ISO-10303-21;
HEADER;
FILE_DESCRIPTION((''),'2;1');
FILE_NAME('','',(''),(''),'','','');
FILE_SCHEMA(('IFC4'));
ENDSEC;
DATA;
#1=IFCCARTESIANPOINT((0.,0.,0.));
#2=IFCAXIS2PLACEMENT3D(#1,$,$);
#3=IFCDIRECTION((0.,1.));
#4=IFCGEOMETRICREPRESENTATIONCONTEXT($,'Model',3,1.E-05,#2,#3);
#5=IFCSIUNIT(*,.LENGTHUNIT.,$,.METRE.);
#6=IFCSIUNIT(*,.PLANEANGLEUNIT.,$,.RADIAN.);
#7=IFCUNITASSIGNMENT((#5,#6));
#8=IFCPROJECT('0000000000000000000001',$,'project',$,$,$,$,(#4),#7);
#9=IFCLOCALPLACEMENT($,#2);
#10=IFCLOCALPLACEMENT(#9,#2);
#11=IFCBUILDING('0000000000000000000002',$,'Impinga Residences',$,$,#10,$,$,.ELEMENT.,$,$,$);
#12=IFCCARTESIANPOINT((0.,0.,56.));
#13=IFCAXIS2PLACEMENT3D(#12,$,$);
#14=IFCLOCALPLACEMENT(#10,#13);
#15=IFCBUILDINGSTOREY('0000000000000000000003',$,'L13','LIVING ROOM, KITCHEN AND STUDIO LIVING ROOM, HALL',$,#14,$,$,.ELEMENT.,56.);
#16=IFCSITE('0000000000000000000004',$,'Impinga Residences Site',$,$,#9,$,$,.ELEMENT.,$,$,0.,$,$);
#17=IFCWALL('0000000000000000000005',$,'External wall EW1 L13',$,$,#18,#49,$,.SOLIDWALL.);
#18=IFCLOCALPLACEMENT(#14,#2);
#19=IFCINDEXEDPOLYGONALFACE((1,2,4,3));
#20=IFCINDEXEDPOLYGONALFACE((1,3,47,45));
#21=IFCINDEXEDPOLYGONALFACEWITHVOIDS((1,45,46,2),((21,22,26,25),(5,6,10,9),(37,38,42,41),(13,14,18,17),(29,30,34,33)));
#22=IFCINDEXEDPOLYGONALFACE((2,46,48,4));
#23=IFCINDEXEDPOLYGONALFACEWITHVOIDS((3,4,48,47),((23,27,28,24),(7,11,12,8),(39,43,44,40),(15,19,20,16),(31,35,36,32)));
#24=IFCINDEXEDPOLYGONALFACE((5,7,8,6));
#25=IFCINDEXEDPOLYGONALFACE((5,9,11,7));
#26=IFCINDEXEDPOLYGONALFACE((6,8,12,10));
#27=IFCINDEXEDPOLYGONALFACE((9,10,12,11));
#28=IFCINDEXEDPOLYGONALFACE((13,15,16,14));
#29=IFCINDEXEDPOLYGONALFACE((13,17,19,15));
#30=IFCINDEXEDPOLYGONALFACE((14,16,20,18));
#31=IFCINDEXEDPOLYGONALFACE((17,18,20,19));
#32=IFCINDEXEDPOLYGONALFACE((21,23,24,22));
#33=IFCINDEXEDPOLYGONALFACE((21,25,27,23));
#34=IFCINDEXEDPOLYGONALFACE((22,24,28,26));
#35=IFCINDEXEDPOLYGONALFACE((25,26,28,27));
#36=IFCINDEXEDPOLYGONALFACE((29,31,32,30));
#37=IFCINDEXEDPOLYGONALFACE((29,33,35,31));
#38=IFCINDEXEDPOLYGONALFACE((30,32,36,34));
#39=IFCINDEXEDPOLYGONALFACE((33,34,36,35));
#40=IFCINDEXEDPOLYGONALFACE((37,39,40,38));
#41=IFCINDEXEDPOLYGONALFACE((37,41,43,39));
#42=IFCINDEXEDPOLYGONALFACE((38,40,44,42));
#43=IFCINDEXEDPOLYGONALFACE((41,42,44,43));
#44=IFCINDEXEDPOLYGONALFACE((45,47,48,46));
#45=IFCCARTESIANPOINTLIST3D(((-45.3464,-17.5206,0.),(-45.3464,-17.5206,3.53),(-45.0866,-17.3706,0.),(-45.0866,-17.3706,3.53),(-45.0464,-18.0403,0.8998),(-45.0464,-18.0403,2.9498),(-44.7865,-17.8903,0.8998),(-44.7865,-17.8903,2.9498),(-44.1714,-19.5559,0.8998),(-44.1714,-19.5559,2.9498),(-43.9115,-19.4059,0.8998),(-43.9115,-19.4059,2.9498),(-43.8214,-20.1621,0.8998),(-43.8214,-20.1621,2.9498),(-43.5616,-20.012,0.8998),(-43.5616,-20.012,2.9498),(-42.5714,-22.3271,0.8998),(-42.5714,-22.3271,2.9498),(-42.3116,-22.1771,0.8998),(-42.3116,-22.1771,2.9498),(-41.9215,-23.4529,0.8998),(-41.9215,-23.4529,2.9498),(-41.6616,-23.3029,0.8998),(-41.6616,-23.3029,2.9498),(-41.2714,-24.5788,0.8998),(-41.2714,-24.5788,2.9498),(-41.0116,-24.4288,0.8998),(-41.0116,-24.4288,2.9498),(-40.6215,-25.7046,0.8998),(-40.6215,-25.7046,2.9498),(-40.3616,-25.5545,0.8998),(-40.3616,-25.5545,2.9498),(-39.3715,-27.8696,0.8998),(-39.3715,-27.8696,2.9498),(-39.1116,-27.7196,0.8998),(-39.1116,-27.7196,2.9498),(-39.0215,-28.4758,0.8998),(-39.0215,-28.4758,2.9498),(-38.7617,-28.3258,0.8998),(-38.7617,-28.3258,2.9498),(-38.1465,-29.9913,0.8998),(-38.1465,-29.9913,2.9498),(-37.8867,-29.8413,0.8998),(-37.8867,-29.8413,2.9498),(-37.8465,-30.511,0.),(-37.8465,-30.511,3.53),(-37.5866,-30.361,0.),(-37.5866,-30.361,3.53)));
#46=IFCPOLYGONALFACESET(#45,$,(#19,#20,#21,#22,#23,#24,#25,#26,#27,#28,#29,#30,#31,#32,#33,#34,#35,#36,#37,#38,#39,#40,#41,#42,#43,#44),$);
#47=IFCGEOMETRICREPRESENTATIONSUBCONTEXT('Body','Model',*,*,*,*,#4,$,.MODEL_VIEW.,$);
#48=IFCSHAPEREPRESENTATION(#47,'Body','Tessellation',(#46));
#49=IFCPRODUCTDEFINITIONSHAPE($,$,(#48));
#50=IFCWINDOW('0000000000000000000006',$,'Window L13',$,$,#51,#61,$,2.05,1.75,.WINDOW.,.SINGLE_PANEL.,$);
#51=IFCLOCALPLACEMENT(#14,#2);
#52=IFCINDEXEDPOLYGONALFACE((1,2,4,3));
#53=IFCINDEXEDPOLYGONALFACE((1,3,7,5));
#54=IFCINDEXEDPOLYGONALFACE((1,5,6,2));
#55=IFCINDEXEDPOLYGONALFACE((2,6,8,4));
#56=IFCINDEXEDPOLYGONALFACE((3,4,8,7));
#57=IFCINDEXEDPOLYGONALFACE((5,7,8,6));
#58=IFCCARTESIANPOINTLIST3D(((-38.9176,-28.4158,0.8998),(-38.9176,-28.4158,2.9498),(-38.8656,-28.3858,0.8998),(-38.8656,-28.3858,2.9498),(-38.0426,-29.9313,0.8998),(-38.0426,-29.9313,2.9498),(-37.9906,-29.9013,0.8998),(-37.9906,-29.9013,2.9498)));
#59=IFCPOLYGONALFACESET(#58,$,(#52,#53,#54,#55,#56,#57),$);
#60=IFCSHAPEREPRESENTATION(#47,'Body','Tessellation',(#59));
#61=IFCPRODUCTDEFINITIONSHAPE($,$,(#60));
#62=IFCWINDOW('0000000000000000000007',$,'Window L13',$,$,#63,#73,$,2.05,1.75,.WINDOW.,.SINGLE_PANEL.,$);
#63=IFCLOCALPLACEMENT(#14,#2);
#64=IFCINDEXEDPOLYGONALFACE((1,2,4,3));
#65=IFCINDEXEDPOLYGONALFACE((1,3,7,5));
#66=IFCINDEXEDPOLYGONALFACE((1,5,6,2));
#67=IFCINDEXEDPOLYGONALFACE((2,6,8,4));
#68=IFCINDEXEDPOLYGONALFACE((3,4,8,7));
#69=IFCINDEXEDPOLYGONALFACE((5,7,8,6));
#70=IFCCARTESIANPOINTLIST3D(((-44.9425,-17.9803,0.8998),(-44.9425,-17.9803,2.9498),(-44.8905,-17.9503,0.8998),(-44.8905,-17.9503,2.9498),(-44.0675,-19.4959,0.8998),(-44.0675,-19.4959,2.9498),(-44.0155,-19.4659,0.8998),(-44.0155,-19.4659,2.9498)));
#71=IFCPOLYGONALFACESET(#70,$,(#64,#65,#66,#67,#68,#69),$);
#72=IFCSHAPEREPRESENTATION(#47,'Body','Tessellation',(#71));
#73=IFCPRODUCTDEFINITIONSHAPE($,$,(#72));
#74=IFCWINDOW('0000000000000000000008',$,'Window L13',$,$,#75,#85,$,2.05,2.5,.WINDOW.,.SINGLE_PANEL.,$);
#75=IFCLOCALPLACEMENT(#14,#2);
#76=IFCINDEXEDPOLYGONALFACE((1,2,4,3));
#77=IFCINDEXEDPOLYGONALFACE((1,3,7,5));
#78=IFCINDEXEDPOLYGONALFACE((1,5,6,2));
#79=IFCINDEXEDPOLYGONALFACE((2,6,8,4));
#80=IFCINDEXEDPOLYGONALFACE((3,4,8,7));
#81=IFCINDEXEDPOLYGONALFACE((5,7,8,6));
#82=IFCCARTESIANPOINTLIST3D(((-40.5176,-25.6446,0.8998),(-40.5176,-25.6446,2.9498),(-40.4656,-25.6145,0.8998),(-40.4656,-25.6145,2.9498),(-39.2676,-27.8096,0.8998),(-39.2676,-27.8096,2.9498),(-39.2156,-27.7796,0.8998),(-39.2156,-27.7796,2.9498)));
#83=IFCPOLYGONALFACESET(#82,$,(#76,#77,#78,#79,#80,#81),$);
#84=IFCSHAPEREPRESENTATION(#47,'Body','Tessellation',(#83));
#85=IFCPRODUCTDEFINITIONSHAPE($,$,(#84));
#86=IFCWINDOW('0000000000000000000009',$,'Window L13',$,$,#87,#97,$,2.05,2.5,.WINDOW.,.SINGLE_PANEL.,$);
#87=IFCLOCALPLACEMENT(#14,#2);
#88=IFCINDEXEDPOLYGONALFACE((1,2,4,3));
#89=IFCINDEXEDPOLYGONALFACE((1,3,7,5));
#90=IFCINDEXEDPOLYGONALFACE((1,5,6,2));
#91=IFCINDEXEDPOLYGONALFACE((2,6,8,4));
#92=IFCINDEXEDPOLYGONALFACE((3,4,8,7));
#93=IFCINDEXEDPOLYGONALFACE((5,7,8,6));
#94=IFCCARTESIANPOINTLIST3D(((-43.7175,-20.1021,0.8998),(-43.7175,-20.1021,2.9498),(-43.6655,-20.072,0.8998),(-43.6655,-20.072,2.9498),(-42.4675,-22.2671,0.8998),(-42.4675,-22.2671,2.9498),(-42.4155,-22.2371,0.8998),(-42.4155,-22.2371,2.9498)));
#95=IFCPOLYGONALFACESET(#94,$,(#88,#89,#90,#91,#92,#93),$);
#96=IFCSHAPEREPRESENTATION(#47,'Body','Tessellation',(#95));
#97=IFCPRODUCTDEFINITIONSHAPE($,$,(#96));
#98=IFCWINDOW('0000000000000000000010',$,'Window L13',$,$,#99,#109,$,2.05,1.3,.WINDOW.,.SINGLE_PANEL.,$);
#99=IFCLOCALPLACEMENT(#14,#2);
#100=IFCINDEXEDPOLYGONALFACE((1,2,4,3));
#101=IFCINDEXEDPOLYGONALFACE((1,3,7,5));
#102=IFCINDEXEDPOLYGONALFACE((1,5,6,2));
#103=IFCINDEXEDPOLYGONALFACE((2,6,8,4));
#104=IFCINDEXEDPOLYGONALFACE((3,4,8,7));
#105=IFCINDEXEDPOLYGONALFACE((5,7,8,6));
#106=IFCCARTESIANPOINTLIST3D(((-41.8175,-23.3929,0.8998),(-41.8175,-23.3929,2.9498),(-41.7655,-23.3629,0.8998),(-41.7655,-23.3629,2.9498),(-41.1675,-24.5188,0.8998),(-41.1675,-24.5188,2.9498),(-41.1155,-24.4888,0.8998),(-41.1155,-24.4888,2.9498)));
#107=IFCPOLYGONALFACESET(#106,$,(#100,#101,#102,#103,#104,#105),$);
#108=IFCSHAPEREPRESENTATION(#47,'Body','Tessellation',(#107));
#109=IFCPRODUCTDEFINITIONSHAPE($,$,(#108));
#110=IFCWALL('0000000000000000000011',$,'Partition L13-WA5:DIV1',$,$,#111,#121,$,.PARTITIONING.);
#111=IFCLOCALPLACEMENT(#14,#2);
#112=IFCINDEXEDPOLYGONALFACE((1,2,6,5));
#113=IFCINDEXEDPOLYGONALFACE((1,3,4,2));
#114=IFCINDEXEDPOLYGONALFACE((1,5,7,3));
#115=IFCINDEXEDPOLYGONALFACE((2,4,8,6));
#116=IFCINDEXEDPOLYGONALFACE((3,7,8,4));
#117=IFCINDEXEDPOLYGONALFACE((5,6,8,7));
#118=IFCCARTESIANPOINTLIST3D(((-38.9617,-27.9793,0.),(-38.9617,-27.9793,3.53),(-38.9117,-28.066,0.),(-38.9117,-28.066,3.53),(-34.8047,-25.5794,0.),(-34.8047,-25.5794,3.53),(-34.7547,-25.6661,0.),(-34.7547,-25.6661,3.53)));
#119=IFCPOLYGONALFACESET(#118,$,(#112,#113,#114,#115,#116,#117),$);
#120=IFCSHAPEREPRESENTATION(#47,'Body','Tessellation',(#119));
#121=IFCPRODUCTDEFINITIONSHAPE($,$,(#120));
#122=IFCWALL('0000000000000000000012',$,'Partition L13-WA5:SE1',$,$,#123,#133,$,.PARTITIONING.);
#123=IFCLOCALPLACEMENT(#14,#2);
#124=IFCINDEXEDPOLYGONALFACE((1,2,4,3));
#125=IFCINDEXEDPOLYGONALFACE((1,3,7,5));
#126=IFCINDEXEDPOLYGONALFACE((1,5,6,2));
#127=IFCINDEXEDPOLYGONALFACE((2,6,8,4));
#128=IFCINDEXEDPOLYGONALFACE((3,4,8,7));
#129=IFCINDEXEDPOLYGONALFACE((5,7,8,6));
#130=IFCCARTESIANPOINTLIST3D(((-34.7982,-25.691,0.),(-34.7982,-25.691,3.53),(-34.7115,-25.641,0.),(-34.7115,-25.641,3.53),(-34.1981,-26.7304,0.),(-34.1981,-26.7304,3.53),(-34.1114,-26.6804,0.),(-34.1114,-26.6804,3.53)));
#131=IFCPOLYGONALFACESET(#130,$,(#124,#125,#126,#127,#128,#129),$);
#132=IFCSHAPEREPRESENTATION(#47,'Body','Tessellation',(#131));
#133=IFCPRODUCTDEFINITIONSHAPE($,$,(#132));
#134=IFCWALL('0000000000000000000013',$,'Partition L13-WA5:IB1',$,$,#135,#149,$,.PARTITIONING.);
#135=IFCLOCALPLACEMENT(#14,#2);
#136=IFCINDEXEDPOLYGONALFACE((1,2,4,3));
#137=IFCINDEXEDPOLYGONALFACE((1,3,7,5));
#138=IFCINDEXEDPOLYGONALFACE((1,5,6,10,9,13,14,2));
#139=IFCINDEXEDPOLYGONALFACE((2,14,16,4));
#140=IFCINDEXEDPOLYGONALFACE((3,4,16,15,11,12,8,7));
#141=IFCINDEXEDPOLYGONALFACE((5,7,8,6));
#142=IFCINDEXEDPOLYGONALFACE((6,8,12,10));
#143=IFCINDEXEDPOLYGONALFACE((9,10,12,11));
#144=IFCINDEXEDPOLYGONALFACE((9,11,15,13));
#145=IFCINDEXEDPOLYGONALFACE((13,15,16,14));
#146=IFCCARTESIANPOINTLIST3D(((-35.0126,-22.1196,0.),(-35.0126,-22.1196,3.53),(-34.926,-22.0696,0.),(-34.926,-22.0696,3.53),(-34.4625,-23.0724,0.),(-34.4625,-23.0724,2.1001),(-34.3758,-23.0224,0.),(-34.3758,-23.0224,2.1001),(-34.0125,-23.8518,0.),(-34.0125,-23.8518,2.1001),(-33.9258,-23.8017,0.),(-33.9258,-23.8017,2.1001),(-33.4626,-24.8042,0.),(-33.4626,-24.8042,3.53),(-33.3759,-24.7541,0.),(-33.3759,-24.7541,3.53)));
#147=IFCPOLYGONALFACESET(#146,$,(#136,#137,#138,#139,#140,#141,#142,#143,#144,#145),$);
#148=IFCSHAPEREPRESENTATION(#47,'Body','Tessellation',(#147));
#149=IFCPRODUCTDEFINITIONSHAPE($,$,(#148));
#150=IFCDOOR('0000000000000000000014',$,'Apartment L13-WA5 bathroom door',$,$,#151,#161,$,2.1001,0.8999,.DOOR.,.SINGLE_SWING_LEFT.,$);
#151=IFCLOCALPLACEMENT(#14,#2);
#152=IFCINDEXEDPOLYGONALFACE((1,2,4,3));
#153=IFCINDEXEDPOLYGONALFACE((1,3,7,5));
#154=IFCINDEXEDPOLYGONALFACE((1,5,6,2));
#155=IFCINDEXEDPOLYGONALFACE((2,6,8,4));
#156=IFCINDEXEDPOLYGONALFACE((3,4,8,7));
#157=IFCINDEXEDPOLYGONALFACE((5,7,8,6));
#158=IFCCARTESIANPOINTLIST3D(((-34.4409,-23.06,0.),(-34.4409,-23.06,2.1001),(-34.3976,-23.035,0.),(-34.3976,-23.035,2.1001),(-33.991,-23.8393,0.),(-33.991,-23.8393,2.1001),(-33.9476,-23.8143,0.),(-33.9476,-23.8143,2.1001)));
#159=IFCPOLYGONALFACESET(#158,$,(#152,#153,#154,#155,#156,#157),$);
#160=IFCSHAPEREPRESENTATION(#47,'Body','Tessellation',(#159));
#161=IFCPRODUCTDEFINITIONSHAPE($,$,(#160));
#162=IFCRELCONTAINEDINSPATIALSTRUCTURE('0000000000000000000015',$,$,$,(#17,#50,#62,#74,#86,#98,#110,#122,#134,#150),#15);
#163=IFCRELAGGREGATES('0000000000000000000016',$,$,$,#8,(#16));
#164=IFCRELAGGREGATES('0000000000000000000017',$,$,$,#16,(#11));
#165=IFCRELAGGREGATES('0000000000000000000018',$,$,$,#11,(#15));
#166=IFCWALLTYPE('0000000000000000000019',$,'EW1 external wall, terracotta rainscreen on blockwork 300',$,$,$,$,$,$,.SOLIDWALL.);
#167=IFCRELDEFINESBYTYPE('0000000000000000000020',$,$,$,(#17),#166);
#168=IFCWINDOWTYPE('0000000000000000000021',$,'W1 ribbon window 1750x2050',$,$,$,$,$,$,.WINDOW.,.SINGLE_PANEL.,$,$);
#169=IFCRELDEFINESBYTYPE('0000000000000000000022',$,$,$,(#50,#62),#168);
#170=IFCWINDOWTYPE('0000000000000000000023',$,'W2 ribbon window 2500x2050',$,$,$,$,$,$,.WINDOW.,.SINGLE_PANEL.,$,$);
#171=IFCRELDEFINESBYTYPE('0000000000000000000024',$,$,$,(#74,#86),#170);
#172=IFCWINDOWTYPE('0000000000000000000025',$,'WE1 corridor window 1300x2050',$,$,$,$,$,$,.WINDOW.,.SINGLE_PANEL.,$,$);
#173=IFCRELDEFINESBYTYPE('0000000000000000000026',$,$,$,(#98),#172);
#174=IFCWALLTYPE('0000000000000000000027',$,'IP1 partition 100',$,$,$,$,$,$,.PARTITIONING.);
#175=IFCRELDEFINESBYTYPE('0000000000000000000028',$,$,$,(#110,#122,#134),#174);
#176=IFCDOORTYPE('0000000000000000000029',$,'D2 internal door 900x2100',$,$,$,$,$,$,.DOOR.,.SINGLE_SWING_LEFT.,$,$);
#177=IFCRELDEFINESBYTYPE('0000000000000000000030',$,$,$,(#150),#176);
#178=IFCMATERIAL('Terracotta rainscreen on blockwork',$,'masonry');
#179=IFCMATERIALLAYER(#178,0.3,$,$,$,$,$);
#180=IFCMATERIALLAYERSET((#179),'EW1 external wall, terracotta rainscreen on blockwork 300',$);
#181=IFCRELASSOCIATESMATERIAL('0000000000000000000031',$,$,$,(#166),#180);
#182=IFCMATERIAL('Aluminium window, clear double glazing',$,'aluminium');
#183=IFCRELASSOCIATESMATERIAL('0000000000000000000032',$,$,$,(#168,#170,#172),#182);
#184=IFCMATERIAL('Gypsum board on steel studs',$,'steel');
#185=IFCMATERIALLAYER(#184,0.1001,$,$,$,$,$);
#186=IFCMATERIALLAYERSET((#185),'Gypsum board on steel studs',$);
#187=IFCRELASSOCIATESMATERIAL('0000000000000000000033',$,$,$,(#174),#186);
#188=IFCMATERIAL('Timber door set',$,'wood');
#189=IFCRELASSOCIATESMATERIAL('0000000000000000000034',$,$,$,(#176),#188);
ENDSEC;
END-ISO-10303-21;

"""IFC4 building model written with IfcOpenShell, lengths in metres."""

from ifc_helpers import new_model, si_unit, direction, frame, frame_2d, origin, place, context, subcontext, project, spatial, rectangle, extrude, material, layer, layer_set, type_object, element, fill, save


model = new_model("IFC4")

# Units and contexts
model_context = context("Model", 3, precision=1e-05, world=origin(), true_north=direction((0.0, 1.0)))
body_context = subcontext(model_context, "Body", "Model", "MODEL_VIEW")
ifc_project = project(units=[si_unit("LENGTHUNIT", "METRE"), si_unit("PLANEANGLEUNIT", "RADIAN")], contexts=[model_context])

# Site, building, storey
site_placement = place(None, origin())
site = spatial("IfcSite", under=ifc_project, at=site_placement, Name="Impinga Residences Site", CompositionType="ELEMENT", RefElevation=0.0)
building_placement = place(site_placement, origin())
building = spatial("IfcBuilding", under=site, at=building_placement, Name="Impinga Residences", CompositionType="ELEMENT")
storey_placement = place(building_placement, frame((0.0, 0.0, 56.0)))
storey = spatial("IfcBuildingStorey", under=building, at=storey_placement, Name="L13", Description="LIVING ROOM, KITCHEN AND STUDIO LIVING ROOM, HALL", CompositionType="ELEMENT", Elevation=56.0)

# Shared definitions
ifc_material_1 = material(Name="Terracotta rainscreen on blockwork", Category="masonry")
ifc_layer_1 = layer(ifc_material_1, 0.3)
ifc_layer_set_1 = layer_set([ifc_layer_1], Name="EW1 external wall, terracotta rainscreen on blockwork 300")
wall_type_1 = type_object("IfcWallType", Name="EW1 external wall, terracotta rainscreen on blockwork 300", PredefinedType="SOLIDWALL", material=ifc_layer_set_1)

# Wall, openings, windows
wall_1_placement = place(storey_placement, frame((-37.7166, -30.436, 0.0), z_axis=(0.0, 0.0, 1.0), x_axis=(-0.499997, 0.866027, 0.0)))
wall_1 = element("IfcWall", 1, at=wall_1_placement, inside=storey, type_object=wall_type_1, Name="External wall EW1 L13", PredefinedType="SOLIDWALL", context=body_context, shape_type="SweptSolid", body=[
    extrude(rectangle(XDim=15.0, YDim=0.3, at=frame_2d((7.5, 0.0))), origin(), (0.0, 0.0, 1.0), 3.53),
])
opening_1_placement = place(wall_1_placement, frame((0.6001, 0.0, 0.8999)))
opening_1 = element("IfcOpeningElement", 2, at=opening_1_placement, cuts=wall_1, PredefinedType="OPENING", context=body_context, shape_type="SweptSolid", body=[
    extrude(rectangle(XDim=1.75, YDim=2.05, at=frame_2d((0.875, 1.0249))), frame((0.0, 0.1599, 0.0), z_axis=(0.0, -1.0, 0.0), x_axis=(1.0, 0.0, 0.0)), (0.0, 0.0, 1.0), 0.3201),
])
opening_2_placement = place(wall_1_placement, frame((3.05, 0.0, 0.8999)))
opening_2 = element("IfcOpeningElement", 3, at=opening_2_placement, cuts=wall_1, PredefinedType="OPENING", context=body_context, shape_type="SweptSolid", body=[
    extrude(rectangle(XDim=2.5, YDim=2.05, at=frame_2d((1.25, 1.0249))), frame((0.0, 0.1599, 0.0), z_axis=(0.0, -1.0, 0.0), x_axis=(1.0, 0.0, 0.0)), (0.0, 0.0, 1.0), 0.3201),
])
opening_3_placement = place(wall_1_placement, frame((6.8501, 0.0, 0.8999)))
opening_3 = element("IfcOpeningElement", 4, at=opening_3_placement, cuts=wall_1, PredefinedType="OPENING", context=body_context, shape_type="SweptSolid", body=[
    extrude(rectangle(XDim=1.3, YDim=2.05, at=frame_2d((0.6499, 1.0249))), frame((0.0, 0.1599, 0.0), z_axis=(0.0, -1.0, 0.0), x_axis=(1.0, 0.0, 0.0)), (0.0, 0.0, 1.0), 0.3201),
])
opening_4_placement = place(wall_1_placement, frame((9.45, 0.0, 0.8999)))
opening_4 = element("IfcOpeningElement", 5, at=opening_4_placement, cuts=wall_1, PredefinedType="OPENING", context=body_context, shape_type="SweptSolid", body=[
    extrude(rectangle(XDim=2.5, YDim=2.05, at=frame_2d((1.25, 1.0249))), frame((0.0, 0.1599, 0.0), z_axis=(0.0, -1.0, 0.0), x_axis=(1.0, 0.0, 0.0)), (0.0, 0.0, 1.0), 0.3201),
])
opening_5_placement = place(wall_1_placement, frame((12.6499, 0.0, 0.8999)))
opening_5 = element("IfcOpeningElement", 6, at=opening_5_placement, cuts=wall_1, PredefinedType="OPENING", context=body_context, shape_type="SweptSolid", body=[
    extrude(rectangle(XDim=1.75, YDim=2.05, at=frame_2d((0.875, 1.0249))), frame((0.0, 0.1599, 0.0), z_axis=(0.0, -1.0, 0.0), x_axis=(1.0, 0.0, 0.0)), (0.0, 0.0, 1.0), 0.3201),
])
ifc_material_2 = material(Name="Aluminium window, clear double glazing", Category="aluminium")
window_type_1 = type_object("IfcWindowType", Name="W1 ribbon window 1750x2050", PartitioningType="SINGLE_PANEL", PredefinedType="WINDOW", material=ifc_material_2)
window_1_placement = place(opening_1_placement, origin())
window_1 = element("IfcWindow", 7, at=window_1_placement, inside=storey, type_object=window_type_1, Name="Window L13", OverallHeight=2.05, OverallWidth=1.75, PartitioningType="SINGLE_PANEL", PredefinedType="WINDOW", context=body_context, shape_type="SweptSolid", body=[
    extrude(rectangle(XDim=1.75, YDim=2.05, at=frame_2d((0.875, 1.0249))), frame((0.0, 0.03, 0.0), z_axis=(0.0, -1.0, 0.0), x_axis=(1.0, 0.0, 0.0)), (0.0, 0.0, 1.0), 0.0601),
])
fill(opening_1, window_1)
window_2_placement = place(opening_5_placement, origin())
window_2 = element("IfcWindow", 8, at=window_2_placement, inside=storey, type_object=window_type_1, Name="Window L13", OverallHeight=2.05, OverallWidth=1.75, PartitioningType="SINGLE_PANEL", PredefinedType="WINDOW", context=body_context, shape_type="SweptSolid", body=[
    extrude(rectangle(XDim=1.75, YDim=2.05, at=frame_2d((0.875, 1.0249))), frame((0.0, 0.03, 0.0), z_axis=(0.0, -1.0, 0.0), x_axis=(1.0, 0.0, 0.0)), (0.0, 0.0, 1.0), 0.0601),
])
fill(opening_5, window_2)
window_type_2 = type_object("IfcWindowType", Name="W2 ribbon window 2500x2050", PartitioningType="SINGLE_PANEL", PredefinedType="WINDOW", material=ifc_material_2)
window_3_placement = place(opening_2_placement, origin())
window_3 = element("IfcWindow", 9, at=window_3_placement, inside=storey, type_object=window_type_2, Name="Window L13", OverallHeight=2.05, OverallWidth=2.5, PartitioningType="SINGLE_PANEL", PredefinedType="WINDOW", context=body_context, shape_type="SweptSolid", body=[
    extrude(rectangle(XDim=2.5, YDim=2.05, at=frame_2d((1.25, 1.0249))), frame((0.0, 0.03, 0.0), z_axis=(0.0, -1.0, 0.0), x_axis=(1.0, 0.0, 0.0)), (0.0, 0.0, 1.0), 0.0601),
])
fill(opening_2, window_3)
window_4_placement = place(opening_4_placement, origin())
window_4 = element("IfcWindow", 10, at=window_4_placement, inside=storey, type_object=window_type_2, Name="Window L13", OverallHeight=2.05, OverallWidth=2.5, PartitioningType="SINGLE_PANEL", PredefinedType="WINDOW", context=body_context, shape_type="SweptSolid", body=[
    extrude(rectangle(XDim=2.5, YDim=2.05, at=frame_2d((1.25, 1.0249))), frame((0.0, 0.03, 0.0), z_axis=(0.0, -1.0, 0.0), x_axis=(1.0, 0.0, 0.0)), (0.0, 0.0, 1.0), 0.0601),
])
fill(opening_4, window_4)
window_type_3 = type_object("IfcWindowType", Name="WE1 corridor window 1300x2050", PartitioningType="SINGLE_PANEL", PredefinedType="WINDOW", material=ifc_material_2)
window_5_placement = place(opening_3_placement, origin())
window_5 = element("IfcWindow", 11, at=window_5_placement, inside=storey, type_object=window_type_3, Name="Window L13", OverallHeight=2.05, OverallWidth=1.3, PartitioningType="SINGLE_PANEL", PredefinedType="WINDOW", context=body_context, shape_type="SweptSolid", body=[
    extrude(rectangle(XDim=1.3, YDim=2.05, at=frame_2d((0.6499, 1.0249))), frame((0.0, 0.03, 0.0), z_axis=(0.0, -1.0, 0.0), x_axis=(1.0, 0.0, 0.0)), (0.0, 0.0, 1.0), 0.0601),
])
fill(opening_3, window_5)

# Walls
ifc_material_3 = material(Name="Gypsum board on steel studs", Category="steel")
ifc_layer_2 = layer(ifc_material_3, 0.1001)
ifc_layer_set_2 = layer_set([ifc_layer_2], Name="Gypsum board on steel studs")
wall_type_2 = type_object("IfcWallType", Name="IP1 partition 100", PredefinedType="PARTITIONING", material=ifc_layer_set_2)
wall_2_placement = place(storey_placement, frame((-34.7798, -25.6228, 0.0), z_axis=(0.0, 0.0, 1.0), x_axis=(-0.866037, -0.499979, 0.0)))
element("IfcWall", 12, at=wall_2_placement, inside=storey, type_object=wall_type_2, Name="Partition L13-WA5:DIV1", PredefinedType="PARTITIONING", context=body_context, shape_type="SweptSolid", body=[
    extrude(rectangle(XDim=4.8, YDim=0.1001, at=frame_2d((2.3999, 0.0))), origin(), (0.0, 0.0, 1.0), 3.53),
])
wall_3_placement = place(storey_placement, frame((-34.7549, -25.666, 0.0), z_axis=(0.0, 0.0, 1.0), x_axis=(0.500034, -0.866006, 0.0)))
element("IfcWall", 13, at=wall_3_placement, inside=storey, type_object=wall_type_2, Name="Partition L13-WA5:SE1", PredefinedType="PARTITIONING", context=body_context, shape_type="SweptSolid", body=[
    extrude(rectangle(XDim=1.2002, YDim=0.1001, at=frame_2d((0.6001, 0.0))), origin(), (0.0, 0.0, 1.0), 3.53),
])

# Wall, opening, door
wall_4_placement = place(storey_placement, frame((-34.9692, -22.0947, 0.0), z_axis=(0.0, 0.0, 1.0), x_axis=(0.500027, -0.86601, 0.0)))
wall_4 = element("IfcWall", 14, at=wall_4_placement, inside=storey, type_object=wall_type_2, Name="Partition L13-WA5:IB1", PredefinedType="PARTITIONING", context=body_context, shape_type="SweptSolid", body=[
    extrude(rectangle(XDim=3.0999, YDim=0.1001, at=frame_2d((1.5498, 0.0))), origin(), (0.0, 0.0, 1.0), 3.53),
])
opening_6_placement = place(wall_4_placement, frame((1.1001, 0.0, 0.0)))
opening_6 = element("IfcOpeningElement", 15, at=opening_6_placement, cuts=wall_4, PredefinedType="OPENING", context=body_context, shape_type="SweptSolid", body=[
    extrude(rectangle(XDim=0.8999, YDim=2.1001, at=frame_2d((0.45, 1.05))), frame((0.0, 0.0601, 0.0), z_axis=(0.0, -1.0, 0.0), x_axis=(1.0, 0.0, 0.0)), (0.0, 0.0, 1.0), 0.1201),
])
ifc_material_4 = material(Name="Timber door set", Category="wood")
door_type = type_object("IfcDoorType", Name="D2 internal door 900x2100", OperationType="SINGLE_SWING_LEFT", PredefinedType="DOOR", material=ifc_material_4)
door_1_placement = place(opening_6_placement, origin())
door_1 = element("IfcDoor", 16, at=door_1_placement, inside=storey, type_object=door_type, Name="Apartment L13-WA5 bathroom door", OperationType="SINGLE_SWING_LEFT", OverallHeight=2.1001, OverallWidth=0.8999, PredefinedType="DOOR", context=body_context, shape_type="SweptSolid", body=[
    extrude(rectangle(XDim=0.8999, YDim=2.1001, at=frame_2d((0.45, 1.05))), frame((0.0, 0.0249, 0.0), z_axis=(0.0, -1.0, 0.0), x_axis=(1.0, 0.0, 0.0)), (0.0, 0.0, 1.0), 0.05),
])
fill(opening_6, door_1)

save(model, "model.ifc")
